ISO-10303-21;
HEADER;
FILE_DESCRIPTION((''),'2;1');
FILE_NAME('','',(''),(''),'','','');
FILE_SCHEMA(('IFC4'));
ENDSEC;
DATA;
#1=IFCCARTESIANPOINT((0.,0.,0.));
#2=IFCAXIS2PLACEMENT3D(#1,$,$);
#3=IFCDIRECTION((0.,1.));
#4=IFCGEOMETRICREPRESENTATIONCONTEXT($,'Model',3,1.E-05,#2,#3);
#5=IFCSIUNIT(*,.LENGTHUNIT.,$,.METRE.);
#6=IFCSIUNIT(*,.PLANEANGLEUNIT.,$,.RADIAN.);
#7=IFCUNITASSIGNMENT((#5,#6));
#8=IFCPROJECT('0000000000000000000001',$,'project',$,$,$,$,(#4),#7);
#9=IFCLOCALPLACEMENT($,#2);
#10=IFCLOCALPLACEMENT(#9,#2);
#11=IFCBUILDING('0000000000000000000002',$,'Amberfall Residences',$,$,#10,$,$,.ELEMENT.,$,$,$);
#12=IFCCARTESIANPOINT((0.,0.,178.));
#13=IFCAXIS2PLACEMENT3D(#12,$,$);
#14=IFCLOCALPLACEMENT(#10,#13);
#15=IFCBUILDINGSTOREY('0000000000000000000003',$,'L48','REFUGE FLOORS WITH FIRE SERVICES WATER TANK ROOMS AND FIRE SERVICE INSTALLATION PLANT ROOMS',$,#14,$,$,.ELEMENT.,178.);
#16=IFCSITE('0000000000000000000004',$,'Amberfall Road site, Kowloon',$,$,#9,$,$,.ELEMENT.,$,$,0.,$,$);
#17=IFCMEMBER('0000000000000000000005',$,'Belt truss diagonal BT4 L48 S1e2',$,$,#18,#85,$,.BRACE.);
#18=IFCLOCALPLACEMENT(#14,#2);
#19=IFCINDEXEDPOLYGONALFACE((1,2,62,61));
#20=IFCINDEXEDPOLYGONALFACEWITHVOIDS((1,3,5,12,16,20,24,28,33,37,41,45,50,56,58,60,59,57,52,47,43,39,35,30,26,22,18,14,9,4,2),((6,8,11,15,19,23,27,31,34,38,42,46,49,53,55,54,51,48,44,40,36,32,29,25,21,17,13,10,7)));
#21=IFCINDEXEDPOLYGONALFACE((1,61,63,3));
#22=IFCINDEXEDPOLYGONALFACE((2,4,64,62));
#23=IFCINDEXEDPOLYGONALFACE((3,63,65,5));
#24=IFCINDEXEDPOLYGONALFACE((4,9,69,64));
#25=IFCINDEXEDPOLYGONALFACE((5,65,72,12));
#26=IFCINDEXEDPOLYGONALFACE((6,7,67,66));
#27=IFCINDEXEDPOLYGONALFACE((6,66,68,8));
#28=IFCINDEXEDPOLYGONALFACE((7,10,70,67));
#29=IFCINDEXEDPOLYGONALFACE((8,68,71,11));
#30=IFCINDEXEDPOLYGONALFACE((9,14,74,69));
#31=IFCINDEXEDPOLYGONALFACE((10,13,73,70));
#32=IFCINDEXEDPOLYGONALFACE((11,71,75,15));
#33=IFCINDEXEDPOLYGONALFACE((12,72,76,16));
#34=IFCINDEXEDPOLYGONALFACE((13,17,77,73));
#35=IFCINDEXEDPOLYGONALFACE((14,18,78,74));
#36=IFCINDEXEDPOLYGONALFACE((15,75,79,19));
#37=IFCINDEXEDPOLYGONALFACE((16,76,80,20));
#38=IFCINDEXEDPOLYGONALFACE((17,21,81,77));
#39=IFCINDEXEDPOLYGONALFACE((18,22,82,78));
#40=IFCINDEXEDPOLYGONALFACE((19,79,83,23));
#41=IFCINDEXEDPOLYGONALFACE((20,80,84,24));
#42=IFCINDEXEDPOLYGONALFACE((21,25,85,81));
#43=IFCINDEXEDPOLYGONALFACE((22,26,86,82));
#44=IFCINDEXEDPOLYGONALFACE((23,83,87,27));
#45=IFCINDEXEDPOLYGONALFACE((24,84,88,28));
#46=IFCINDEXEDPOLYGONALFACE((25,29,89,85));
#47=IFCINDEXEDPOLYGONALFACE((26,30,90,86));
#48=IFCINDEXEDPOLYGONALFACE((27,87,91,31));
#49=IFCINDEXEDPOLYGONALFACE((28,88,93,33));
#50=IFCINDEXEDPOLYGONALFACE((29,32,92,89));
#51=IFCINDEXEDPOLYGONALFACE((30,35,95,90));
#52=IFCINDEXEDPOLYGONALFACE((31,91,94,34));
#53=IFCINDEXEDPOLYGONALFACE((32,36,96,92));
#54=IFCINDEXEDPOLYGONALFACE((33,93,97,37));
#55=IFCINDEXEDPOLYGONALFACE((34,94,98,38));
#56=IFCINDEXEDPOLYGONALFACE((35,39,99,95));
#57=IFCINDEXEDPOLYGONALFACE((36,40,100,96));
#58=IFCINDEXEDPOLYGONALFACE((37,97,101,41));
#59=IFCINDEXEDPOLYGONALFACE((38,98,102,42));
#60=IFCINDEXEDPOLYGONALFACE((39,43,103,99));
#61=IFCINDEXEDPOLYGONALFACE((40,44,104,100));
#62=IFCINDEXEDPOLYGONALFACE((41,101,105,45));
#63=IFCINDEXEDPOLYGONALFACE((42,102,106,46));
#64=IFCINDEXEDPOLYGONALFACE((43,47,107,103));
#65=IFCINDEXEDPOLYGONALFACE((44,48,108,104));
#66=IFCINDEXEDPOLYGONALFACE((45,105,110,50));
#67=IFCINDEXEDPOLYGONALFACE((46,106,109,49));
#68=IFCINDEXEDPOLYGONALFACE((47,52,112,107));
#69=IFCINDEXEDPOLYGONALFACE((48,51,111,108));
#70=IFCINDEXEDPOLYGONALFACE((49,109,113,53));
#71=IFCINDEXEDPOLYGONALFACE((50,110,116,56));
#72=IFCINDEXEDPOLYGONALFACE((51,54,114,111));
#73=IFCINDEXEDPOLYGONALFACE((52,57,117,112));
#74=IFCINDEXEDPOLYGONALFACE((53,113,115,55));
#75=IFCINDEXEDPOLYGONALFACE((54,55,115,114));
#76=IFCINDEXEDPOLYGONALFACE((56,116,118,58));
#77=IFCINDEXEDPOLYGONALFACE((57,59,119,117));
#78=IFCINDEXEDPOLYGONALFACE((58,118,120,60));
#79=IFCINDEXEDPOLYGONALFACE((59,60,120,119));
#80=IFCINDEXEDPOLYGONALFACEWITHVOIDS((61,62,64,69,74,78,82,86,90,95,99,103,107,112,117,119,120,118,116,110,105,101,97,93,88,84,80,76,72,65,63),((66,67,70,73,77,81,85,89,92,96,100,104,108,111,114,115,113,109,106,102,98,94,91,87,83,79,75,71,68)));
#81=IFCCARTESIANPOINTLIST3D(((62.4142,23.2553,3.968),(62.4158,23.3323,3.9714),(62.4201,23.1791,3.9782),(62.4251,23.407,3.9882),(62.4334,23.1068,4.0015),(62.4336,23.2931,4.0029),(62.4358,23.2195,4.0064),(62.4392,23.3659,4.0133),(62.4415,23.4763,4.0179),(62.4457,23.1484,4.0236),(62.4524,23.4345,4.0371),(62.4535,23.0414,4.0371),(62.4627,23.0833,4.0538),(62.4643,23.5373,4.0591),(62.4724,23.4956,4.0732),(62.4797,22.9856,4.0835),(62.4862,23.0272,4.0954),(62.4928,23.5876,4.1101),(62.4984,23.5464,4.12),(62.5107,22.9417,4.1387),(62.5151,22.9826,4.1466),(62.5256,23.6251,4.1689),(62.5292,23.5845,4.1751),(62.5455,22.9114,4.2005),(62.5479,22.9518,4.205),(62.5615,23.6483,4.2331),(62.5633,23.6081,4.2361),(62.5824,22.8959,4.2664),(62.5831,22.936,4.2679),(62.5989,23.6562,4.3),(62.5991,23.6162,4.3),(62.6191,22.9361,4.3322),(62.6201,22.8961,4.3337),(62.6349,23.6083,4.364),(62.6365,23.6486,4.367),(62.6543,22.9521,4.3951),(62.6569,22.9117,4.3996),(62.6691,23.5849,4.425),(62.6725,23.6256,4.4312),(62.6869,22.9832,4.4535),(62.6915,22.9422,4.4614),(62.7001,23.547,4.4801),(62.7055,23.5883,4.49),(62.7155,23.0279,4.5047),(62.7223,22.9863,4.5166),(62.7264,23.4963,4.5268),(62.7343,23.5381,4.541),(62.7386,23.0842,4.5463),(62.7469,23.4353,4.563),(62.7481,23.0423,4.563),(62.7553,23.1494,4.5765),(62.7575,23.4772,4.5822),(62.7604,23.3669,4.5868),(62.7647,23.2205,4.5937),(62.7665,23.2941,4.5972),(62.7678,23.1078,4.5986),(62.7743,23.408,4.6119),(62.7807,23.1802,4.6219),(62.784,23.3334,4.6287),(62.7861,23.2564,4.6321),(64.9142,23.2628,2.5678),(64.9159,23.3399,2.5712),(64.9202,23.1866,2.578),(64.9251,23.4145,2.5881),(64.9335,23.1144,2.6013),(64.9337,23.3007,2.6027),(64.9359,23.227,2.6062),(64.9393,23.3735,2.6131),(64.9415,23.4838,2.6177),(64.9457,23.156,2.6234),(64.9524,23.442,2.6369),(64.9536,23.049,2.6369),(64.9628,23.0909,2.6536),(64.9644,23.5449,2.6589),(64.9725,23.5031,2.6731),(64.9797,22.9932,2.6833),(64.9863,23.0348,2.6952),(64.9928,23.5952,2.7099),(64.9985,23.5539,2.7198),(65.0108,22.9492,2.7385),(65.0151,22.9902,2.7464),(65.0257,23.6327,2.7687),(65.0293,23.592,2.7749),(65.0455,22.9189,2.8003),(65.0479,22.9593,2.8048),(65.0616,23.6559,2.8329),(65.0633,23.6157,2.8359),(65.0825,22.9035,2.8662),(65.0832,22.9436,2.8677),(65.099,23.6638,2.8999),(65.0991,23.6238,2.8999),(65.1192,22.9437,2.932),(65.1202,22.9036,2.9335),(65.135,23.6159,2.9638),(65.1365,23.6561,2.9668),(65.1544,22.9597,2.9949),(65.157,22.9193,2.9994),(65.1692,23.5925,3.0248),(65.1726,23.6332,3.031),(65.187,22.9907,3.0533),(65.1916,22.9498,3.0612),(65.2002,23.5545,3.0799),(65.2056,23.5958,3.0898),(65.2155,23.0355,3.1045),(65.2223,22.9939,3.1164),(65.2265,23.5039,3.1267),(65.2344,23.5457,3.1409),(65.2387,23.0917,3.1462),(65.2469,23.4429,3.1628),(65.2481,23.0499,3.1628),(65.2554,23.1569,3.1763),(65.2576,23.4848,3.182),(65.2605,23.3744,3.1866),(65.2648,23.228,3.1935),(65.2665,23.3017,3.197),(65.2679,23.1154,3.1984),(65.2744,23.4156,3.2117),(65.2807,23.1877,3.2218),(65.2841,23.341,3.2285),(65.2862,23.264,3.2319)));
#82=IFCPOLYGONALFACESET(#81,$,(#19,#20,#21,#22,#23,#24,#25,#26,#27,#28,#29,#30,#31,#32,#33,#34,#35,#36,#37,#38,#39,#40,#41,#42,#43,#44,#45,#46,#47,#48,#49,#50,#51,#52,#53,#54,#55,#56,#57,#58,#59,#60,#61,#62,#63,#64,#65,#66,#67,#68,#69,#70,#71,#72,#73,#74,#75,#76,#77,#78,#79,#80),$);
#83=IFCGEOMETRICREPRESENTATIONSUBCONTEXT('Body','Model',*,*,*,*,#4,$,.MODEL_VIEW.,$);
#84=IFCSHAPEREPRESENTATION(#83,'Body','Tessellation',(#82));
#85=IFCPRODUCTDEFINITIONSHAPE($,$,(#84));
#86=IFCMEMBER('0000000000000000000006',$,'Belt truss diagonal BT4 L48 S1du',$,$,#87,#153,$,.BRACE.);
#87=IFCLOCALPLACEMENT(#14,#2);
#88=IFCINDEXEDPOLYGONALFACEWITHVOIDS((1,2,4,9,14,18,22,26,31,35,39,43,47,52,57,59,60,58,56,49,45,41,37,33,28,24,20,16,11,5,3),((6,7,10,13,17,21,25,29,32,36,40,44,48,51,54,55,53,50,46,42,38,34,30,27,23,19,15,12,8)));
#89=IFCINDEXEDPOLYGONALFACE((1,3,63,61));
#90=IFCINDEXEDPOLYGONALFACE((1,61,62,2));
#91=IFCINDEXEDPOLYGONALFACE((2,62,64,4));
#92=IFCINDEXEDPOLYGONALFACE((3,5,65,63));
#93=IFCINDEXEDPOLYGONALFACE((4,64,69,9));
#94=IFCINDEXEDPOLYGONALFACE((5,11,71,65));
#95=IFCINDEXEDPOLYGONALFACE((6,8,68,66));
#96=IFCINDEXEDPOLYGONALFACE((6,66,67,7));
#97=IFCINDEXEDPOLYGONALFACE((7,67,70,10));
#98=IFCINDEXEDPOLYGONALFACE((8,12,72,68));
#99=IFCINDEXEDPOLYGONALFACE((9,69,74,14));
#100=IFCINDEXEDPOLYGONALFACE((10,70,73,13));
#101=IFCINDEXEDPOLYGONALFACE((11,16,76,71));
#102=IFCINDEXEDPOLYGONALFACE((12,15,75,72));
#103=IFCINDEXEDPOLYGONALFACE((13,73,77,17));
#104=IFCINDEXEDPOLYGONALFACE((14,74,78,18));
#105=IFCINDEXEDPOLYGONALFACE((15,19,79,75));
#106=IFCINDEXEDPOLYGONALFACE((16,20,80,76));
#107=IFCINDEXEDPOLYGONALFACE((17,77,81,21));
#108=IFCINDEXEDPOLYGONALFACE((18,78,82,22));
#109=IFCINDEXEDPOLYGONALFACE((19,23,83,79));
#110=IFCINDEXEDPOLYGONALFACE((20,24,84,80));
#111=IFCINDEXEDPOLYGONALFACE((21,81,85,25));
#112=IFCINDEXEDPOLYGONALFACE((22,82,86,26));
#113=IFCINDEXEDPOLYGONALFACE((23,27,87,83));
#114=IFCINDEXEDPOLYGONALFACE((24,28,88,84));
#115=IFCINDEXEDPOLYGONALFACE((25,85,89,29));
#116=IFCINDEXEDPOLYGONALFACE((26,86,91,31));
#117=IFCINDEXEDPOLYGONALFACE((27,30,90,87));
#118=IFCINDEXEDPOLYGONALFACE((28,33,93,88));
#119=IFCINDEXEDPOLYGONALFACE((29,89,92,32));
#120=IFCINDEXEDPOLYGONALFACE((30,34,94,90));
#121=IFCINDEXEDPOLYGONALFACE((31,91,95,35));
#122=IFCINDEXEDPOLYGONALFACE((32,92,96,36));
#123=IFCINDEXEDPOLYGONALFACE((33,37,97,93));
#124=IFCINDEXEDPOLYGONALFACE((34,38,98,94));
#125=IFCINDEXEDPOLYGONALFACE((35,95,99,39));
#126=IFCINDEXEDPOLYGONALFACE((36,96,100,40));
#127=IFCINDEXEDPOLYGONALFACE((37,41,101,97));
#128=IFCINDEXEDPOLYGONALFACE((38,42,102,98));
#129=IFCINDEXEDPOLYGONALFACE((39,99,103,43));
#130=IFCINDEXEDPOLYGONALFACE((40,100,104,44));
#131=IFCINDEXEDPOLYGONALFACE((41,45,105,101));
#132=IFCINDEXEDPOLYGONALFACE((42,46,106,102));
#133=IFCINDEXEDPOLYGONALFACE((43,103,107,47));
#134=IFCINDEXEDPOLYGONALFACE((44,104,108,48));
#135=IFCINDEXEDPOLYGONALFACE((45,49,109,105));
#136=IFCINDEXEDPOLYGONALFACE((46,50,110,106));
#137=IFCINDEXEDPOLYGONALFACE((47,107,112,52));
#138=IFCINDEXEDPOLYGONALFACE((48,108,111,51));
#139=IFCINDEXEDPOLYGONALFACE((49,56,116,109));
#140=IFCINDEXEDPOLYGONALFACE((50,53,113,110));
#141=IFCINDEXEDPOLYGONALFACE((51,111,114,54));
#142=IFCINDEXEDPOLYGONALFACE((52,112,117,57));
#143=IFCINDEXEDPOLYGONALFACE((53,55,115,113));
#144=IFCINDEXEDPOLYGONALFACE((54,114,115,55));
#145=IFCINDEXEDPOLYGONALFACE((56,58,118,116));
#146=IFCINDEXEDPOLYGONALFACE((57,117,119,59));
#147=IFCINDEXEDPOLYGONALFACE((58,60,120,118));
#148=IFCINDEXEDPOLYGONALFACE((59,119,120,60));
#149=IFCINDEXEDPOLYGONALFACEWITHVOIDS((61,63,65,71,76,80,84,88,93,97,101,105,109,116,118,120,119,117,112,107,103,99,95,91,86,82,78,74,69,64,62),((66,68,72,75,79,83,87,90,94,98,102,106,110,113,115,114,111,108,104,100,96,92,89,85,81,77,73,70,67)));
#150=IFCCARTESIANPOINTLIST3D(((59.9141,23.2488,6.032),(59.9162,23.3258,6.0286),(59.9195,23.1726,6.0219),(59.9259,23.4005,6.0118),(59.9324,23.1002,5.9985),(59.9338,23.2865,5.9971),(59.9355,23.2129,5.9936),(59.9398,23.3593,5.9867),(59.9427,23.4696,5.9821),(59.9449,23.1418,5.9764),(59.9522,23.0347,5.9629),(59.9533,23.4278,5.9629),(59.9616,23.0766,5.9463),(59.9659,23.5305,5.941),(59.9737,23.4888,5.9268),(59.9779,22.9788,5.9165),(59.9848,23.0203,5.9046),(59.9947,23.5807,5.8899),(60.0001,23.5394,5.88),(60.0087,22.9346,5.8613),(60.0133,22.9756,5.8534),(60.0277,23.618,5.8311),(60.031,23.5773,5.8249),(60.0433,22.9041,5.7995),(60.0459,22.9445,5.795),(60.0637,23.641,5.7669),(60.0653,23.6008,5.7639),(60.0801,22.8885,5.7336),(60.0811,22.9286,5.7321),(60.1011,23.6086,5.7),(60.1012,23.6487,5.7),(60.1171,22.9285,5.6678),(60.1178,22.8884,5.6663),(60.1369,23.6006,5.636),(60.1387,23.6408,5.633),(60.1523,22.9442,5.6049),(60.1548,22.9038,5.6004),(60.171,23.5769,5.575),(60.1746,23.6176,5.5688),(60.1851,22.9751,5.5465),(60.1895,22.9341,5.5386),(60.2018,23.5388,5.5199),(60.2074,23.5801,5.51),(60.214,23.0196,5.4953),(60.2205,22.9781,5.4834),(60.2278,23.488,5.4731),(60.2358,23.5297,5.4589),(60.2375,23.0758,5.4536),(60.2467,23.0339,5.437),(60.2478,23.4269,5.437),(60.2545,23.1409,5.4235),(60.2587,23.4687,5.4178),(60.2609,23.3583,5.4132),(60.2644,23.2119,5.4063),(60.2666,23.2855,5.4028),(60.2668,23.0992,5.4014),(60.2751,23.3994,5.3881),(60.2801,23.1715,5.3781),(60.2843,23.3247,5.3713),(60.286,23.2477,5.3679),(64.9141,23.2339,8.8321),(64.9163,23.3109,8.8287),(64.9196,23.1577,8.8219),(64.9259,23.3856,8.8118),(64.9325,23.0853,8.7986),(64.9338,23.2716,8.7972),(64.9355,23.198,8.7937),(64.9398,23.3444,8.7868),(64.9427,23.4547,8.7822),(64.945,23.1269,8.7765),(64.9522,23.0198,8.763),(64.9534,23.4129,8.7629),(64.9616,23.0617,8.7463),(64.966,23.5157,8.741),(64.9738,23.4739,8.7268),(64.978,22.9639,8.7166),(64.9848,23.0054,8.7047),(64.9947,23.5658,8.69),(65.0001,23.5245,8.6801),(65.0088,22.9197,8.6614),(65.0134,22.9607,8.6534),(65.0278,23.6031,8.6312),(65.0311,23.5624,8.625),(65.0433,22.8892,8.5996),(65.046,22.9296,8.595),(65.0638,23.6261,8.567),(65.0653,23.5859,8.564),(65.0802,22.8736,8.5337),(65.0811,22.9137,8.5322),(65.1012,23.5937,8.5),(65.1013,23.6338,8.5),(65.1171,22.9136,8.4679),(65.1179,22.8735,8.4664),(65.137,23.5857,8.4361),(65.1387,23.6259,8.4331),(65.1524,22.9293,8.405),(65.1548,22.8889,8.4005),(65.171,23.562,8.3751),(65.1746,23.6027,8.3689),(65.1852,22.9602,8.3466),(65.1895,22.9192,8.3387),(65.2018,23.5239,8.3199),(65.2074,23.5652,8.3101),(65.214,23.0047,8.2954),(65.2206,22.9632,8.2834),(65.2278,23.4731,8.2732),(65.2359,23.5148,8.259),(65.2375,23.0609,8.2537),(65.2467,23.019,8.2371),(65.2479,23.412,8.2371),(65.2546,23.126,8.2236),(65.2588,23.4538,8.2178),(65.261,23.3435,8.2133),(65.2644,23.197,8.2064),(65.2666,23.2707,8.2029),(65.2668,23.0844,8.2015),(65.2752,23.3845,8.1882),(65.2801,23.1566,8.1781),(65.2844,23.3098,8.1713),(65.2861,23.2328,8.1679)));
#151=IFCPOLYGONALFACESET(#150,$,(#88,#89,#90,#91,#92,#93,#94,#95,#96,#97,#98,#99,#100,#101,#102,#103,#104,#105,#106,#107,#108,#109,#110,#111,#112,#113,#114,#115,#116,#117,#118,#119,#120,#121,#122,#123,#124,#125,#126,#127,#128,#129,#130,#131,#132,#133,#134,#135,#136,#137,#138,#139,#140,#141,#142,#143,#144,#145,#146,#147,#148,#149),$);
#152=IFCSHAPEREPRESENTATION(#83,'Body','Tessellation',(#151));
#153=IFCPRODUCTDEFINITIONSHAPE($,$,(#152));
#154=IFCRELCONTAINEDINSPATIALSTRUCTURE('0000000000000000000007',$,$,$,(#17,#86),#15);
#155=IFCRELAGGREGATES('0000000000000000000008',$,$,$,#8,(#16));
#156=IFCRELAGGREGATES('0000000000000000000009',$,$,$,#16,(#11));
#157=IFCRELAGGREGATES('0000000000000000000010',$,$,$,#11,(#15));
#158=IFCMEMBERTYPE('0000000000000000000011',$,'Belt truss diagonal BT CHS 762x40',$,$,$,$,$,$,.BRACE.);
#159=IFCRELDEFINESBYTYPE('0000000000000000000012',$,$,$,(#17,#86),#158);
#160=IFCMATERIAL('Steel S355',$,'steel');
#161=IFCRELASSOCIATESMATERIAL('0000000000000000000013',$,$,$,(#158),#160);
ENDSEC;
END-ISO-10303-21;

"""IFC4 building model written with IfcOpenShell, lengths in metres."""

from ifc_helpers import new_model, si_unit, direction, frame, origin, origin_2d, place, context, subcontext, project, spatial, hollow_circle, extrude, material, material_profile, profile_set, type_object, element, save


model = new_model("IFC4")

# Units and contexts
model_context = context("Model", 3, precision=1e-05, world=origin(), true_north=direction((0.0, 1.0)))
body_context = subcontext(model_context, "Body", "Model", "MODEL_VIEW")
ifc_project = project(units=[si_unit("LENGTHUNIT", "METRE"), si_unit("PLANEANGLEUNIT", "RADIAN")], contexts=[model_context])

# Site, building, storey
site_placement = place(None, origin())
site = spatial("IfcSite", under=ifc_project, at=site_placement, Name="Amberfall Road site, Kowloon", CompositionType="ELEMENT", RefElevation=0.0)
building_placement = place(site_placement, origin())
building = spatial("IfcBuilding", under=site, at=building_placement, Name="Amberfall Residences", CompositionType="ELEMENT")
storey_placement = place(building_placement, frame((0.0, 0.0, 178.0)))
storey = spatial("IfcBuildingStorey", under=building, at=storey_placement, Name="L48", Description="REFUGE FLOORS WITH FIRE SERVICES WATER TANK ROOMS AND FIRE SERVICE INSTALLATION PLANT ROOMS", CompositionType="ELEMENT", Elevation=178.0)

# Shared definitions
ifc_material_1 = material(Name="Steel S355", Category="steel")

# Members
ifc_material_profile_1 = material_profile(ifc_material_1, hollow_circle(Radius=0.3811, WallThickness=0.04, at=origin_2d()), Name="CHS 762x40")
ifc_profile_set_1 = profile_set([ifc_material_profile_1], Name="Steel S355")
member_type = type_object("IfcMemberType", Name="Belt truss diagonal BT CHS 762x40", PredefinedType="BRACE", material=ifc_profile_set_1)
member_1_placement = place(storey_placement, frame((62.6001, 23.2751, 4.3), z_axis=(0.872481, 0.002641, -0.488641), x_axis=(-0.003027, 0.999995, 0.0)))
element("IfcMember", 1, at=member_1_placement, inside=storey, type_object=member_type, Name="Belt truss diagonal BT4 L48 S1e2", PredefinedType="BRACE", context=body_context, shape_type="SweptSolid", body=[
    extrude(hollow_circle(Radius=0.3811, WallThickness=0.04, at=origin_2d()), origin(), (0.0, 0.0, 1.0), 2.8655),
])
member_2_placement = place(storey_placement, frame((60.1001, 23.2676, 5.7), z_axis=(0.872499, -0.002599, 0.488608), x_axis=(0.002979, 0.999996, 0.0)))
element("IfcMember", 2, at=member_2_placement, inside=storey, type_object=member_type, Name="Belt truss diagonal BT4 L48 S1du", PredefinedType="BRACE", context=body_context, shape_type="SweptSolid", body=[
    extrude(hollow_circle(Radius=0.3811, WallThickness=0.04, at=origin_2d()), origin(), (0.0, 0.0, 1.0), 5.7307),
])

save(model, "model.ifc")
